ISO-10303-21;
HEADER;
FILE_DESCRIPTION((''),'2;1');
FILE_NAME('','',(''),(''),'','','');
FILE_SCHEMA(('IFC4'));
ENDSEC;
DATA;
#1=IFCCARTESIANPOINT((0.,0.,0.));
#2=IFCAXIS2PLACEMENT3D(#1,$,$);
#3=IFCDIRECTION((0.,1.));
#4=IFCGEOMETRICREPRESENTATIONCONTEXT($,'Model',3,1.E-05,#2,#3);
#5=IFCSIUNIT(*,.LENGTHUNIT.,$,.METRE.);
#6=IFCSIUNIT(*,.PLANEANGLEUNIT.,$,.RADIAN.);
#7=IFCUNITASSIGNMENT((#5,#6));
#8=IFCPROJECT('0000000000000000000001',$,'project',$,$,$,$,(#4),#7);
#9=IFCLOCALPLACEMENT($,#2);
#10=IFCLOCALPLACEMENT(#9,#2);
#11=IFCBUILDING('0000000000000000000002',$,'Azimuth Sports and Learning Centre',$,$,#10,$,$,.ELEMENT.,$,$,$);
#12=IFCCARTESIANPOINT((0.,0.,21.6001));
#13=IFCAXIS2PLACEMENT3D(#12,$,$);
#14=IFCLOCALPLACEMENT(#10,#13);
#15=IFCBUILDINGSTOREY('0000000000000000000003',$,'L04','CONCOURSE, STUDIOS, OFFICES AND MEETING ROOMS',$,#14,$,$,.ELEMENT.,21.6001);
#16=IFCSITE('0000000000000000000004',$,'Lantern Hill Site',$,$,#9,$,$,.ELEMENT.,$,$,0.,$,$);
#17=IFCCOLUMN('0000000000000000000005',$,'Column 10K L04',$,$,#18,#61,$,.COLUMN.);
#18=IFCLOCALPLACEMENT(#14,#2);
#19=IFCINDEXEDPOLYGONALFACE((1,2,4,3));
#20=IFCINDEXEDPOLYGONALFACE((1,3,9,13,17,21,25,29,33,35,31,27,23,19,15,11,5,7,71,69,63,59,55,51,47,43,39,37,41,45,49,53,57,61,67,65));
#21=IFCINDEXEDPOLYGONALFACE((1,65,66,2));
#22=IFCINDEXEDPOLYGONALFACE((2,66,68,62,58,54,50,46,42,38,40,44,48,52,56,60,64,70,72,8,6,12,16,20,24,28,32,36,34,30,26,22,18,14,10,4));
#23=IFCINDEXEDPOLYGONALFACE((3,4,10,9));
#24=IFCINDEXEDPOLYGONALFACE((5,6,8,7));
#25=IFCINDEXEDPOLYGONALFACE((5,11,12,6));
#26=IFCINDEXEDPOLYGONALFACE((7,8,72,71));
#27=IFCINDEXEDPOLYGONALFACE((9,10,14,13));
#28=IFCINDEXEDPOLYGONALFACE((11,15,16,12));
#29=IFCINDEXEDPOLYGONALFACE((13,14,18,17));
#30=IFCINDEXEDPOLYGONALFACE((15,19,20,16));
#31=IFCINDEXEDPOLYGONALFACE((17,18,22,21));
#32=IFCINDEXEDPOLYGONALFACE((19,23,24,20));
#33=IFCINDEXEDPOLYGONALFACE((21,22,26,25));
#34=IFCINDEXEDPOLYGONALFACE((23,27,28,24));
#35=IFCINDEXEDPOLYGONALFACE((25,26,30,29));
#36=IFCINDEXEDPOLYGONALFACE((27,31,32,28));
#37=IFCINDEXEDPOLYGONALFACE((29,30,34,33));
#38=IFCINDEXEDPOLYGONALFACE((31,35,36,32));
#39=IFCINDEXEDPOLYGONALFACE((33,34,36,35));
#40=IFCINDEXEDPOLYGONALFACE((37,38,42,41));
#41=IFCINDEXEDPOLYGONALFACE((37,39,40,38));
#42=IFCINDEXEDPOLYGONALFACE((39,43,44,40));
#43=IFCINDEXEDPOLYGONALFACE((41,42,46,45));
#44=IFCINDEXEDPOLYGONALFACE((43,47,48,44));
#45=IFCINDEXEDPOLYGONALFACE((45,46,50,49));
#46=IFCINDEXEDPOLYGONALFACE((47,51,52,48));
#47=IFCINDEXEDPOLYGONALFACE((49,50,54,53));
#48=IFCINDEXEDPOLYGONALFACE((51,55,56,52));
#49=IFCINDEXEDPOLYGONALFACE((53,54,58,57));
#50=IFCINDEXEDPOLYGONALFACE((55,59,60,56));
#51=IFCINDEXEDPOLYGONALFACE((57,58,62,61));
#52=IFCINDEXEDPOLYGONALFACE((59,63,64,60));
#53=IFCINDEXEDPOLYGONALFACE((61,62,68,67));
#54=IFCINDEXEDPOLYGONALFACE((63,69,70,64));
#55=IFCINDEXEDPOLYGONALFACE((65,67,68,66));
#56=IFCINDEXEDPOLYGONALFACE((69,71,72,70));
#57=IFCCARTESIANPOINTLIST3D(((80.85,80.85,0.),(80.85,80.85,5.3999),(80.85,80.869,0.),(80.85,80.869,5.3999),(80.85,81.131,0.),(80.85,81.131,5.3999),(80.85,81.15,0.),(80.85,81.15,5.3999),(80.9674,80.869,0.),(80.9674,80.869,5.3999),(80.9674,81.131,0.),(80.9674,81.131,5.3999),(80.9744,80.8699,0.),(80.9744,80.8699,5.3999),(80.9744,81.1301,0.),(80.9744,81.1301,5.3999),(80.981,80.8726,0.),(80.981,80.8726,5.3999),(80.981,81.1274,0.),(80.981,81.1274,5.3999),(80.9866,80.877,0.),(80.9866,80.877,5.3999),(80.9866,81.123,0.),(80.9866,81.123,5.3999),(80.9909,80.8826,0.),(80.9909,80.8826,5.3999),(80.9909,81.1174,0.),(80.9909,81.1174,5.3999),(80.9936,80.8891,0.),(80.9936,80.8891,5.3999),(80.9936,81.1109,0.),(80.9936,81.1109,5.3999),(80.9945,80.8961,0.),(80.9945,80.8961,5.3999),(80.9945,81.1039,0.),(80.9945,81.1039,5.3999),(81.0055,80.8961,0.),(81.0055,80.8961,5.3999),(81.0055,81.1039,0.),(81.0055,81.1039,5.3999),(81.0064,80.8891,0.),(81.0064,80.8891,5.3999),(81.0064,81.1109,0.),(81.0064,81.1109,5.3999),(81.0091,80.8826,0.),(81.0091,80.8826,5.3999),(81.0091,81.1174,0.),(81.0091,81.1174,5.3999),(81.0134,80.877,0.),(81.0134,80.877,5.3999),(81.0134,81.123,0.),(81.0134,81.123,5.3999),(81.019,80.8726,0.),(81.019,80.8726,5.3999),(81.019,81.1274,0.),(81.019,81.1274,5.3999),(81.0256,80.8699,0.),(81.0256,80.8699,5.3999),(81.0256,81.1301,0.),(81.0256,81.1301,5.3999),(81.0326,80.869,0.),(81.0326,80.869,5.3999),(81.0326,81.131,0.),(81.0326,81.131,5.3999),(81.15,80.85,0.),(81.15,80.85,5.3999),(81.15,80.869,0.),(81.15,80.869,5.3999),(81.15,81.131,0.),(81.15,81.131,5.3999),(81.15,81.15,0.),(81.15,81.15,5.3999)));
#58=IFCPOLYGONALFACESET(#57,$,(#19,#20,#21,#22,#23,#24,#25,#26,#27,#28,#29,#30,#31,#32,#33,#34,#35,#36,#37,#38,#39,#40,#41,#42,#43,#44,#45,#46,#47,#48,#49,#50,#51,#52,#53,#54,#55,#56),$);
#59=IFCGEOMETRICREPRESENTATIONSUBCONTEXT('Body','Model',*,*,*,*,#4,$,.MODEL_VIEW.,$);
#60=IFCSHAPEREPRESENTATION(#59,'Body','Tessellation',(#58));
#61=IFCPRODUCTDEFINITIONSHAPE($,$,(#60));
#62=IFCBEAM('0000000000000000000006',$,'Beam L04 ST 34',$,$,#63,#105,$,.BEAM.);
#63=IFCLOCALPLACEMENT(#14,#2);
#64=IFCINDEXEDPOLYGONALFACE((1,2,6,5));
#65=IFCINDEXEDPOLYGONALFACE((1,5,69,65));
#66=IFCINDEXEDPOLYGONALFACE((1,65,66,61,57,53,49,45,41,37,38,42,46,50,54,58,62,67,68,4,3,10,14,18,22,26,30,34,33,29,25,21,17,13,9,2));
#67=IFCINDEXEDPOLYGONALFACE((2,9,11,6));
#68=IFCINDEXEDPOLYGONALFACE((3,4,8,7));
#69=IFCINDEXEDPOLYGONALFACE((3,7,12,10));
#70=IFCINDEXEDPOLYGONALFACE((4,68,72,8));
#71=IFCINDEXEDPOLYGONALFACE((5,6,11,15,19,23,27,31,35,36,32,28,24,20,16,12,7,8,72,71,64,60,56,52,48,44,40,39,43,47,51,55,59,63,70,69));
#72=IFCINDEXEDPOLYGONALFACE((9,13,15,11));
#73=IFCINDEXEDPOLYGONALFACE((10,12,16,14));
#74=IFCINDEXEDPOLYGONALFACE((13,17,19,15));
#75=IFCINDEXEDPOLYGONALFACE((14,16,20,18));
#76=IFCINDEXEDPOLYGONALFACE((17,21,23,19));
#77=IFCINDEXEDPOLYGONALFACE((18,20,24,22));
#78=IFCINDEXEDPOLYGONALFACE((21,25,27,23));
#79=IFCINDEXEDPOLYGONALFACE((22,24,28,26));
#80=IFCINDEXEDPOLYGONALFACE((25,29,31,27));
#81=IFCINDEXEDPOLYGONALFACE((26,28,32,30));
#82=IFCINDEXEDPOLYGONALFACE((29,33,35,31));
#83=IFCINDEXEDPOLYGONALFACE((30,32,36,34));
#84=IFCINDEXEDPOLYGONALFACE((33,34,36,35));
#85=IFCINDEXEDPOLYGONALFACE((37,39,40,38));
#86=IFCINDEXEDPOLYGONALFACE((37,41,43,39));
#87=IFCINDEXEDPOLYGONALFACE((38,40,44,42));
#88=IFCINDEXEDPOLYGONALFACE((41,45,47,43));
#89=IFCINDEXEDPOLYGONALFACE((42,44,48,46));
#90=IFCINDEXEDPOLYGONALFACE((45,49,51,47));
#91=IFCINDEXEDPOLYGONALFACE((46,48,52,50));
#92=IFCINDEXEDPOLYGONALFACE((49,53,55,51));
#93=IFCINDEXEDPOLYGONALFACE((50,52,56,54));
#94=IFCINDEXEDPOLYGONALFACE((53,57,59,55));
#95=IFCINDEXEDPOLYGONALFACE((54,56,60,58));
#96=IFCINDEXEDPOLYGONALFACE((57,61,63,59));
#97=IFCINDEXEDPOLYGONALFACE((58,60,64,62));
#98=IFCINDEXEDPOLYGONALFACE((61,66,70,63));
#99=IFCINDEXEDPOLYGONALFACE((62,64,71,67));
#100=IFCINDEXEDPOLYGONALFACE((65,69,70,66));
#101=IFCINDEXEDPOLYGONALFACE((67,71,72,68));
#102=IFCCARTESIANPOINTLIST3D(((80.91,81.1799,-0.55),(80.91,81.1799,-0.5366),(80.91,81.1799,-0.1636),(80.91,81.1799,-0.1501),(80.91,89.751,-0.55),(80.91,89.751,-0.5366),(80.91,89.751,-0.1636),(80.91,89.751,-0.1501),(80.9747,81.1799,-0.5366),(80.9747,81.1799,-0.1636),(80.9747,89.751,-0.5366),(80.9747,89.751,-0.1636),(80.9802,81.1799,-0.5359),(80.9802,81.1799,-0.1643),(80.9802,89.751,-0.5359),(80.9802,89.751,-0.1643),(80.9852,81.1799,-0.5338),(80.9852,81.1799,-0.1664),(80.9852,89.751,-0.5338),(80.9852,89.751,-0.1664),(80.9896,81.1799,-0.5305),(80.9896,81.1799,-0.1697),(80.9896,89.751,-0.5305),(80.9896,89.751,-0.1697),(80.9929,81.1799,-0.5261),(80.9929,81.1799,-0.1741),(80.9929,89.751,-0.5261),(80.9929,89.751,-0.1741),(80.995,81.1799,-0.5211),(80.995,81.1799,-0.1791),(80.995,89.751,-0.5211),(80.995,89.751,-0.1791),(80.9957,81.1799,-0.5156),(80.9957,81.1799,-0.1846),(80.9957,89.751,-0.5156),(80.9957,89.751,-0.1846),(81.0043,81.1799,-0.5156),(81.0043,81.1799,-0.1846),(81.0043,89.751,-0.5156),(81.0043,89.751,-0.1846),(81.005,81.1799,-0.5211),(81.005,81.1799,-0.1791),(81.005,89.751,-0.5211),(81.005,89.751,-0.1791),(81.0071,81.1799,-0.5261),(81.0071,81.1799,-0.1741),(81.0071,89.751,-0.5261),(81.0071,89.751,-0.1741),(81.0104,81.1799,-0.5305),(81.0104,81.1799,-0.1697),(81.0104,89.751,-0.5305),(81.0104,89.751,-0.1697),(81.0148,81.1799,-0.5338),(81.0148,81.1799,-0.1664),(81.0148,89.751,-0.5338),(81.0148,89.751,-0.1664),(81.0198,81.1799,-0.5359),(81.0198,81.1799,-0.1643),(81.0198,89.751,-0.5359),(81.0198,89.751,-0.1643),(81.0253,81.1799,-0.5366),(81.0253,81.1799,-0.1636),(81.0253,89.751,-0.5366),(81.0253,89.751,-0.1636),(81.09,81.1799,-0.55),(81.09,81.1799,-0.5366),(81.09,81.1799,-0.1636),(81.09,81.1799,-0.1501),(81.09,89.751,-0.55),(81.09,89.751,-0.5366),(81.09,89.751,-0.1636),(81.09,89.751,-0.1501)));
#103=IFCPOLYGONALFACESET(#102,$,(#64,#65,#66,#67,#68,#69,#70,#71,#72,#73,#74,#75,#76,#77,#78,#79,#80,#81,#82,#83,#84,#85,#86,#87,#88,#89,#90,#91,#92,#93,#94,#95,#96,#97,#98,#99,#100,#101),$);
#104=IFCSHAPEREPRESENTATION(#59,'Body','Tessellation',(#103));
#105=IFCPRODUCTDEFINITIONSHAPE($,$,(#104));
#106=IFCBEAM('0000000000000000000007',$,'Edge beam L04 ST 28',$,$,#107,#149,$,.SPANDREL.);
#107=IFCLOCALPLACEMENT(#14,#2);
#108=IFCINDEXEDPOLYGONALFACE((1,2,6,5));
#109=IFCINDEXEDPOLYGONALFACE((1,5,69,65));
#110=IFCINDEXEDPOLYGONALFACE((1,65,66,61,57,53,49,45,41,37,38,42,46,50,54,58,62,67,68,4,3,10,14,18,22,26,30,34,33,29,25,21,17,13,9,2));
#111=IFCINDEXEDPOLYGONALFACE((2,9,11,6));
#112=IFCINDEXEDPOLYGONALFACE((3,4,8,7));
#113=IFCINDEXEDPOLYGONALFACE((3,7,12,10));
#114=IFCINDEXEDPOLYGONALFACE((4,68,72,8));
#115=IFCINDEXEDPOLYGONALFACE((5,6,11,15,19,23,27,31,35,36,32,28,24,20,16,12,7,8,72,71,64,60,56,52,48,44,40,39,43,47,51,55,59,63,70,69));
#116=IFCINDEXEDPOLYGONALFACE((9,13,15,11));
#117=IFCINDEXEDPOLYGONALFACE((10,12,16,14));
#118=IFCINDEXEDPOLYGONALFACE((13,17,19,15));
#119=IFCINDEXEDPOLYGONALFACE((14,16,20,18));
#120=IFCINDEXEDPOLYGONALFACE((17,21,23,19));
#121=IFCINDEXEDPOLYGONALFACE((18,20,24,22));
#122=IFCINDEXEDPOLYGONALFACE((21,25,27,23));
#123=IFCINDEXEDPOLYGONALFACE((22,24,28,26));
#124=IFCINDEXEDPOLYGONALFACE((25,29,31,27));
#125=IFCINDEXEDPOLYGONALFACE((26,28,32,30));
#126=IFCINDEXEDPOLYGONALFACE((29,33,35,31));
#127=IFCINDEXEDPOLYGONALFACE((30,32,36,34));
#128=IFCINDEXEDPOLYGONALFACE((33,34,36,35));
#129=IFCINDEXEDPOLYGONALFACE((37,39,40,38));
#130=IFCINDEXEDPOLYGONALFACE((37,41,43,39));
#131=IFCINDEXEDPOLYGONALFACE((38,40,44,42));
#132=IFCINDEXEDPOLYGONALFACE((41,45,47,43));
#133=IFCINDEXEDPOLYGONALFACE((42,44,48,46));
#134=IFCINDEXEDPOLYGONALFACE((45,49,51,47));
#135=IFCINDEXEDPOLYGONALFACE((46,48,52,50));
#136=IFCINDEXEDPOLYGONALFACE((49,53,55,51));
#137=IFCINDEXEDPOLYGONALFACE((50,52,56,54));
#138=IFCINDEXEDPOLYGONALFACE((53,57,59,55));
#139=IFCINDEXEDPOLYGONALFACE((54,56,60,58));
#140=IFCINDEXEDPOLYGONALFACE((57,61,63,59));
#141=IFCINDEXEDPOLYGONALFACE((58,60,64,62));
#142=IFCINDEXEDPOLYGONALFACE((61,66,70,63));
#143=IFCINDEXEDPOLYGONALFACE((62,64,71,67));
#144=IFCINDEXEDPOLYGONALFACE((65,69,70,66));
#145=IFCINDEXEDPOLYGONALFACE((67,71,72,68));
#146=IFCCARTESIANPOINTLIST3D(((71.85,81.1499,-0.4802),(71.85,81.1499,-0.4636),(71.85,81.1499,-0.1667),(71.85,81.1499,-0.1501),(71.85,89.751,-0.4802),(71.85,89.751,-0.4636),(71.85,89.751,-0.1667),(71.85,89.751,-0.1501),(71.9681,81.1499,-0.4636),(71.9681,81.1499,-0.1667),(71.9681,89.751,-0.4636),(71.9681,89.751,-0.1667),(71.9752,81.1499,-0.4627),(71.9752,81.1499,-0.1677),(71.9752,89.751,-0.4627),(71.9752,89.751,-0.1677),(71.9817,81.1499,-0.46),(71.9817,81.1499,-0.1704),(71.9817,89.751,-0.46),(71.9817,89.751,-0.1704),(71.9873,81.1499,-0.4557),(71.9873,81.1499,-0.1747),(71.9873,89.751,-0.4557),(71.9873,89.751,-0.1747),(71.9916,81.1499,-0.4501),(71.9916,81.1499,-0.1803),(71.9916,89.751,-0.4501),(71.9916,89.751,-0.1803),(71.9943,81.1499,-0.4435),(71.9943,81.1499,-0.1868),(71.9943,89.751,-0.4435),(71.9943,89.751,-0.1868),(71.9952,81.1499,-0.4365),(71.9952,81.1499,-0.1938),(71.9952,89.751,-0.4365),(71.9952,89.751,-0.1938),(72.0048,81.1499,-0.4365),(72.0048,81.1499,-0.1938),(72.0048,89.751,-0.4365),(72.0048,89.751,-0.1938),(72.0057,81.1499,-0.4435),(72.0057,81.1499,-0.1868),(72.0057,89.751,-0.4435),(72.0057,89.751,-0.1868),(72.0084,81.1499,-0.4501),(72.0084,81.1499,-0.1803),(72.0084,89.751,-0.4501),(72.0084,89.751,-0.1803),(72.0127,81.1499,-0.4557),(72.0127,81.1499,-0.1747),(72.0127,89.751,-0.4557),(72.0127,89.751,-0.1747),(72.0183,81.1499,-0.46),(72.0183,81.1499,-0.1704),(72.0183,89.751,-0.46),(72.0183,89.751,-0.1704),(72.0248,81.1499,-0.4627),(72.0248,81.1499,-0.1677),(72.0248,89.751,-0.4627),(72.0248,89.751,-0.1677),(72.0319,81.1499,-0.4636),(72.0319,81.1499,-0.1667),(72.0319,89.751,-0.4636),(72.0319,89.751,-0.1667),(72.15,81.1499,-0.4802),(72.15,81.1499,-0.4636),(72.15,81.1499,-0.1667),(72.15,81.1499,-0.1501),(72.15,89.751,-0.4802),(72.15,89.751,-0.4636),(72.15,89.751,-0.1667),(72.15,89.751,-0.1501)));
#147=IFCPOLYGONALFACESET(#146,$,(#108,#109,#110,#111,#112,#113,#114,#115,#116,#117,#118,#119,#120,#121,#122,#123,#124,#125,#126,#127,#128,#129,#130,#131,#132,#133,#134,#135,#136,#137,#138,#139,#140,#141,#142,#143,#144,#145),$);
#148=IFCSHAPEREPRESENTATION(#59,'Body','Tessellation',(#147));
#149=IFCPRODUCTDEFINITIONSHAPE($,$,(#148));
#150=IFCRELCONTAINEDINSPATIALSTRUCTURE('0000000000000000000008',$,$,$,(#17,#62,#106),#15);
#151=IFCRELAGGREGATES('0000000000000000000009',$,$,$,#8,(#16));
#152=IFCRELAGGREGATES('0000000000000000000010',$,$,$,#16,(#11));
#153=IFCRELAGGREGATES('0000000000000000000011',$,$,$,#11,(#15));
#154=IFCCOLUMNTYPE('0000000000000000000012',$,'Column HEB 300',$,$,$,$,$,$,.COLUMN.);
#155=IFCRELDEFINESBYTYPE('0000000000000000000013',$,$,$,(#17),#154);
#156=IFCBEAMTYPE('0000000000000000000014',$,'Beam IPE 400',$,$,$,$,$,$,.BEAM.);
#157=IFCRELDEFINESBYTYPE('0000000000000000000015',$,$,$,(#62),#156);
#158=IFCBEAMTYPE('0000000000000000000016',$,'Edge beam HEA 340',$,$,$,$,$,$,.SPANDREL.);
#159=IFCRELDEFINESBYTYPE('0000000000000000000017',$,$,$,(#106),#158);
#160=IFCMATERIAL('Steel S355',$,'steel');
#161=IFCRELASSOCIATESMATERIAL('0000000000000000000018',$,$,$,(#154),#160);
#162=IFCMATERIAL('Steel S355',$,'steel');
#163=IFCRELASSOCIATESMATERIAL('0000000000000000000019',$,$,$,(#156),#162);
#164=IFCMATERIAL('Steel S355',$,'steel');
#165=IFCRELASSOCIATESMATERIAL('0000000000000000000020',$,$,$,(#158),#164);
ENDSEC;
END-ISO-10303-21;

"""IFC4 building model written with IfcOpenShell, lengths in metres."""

from ifc_helpers import new_model, si_unit, direction, frame, origin, origin_2d, place, context, subcontext, project, spatial, i_section, extrude, material, material_profile, profile_set, type_object, element, save


model = new_model("IFC4")

# Units and contexts
model_context = context("Model", 3, precision=1e-05, world=origin(), true_north=direction((0.0, 1.0)))
body_context = subcontext(model_context, "Body", "Model", "MODEL_VIEW")
ifc_project = project(units=[si_unit("LENGTHUNIT", "METRE"), si_unit("PLANEANGLEUNIT", "RADIAN")], contexts=[model_context])

# Site, building, storey
site_placement = place(None, origin())
site = spatial("IfcSite", under=ifc_project, at=site_placement, Name="Lantern Hill Site", CompositionType="ELEMENT", RefElevation=0.0)
building_placement = place(site_placement, origin())
building = spatial("IfcBuilding", under=site, at=building_placement, Name="Azimuth Sports and Learning Centre", CompositionType="ELEMENT")
storey_placement = place(building_placement, frame((0.0, 0.0, 21.6001)))
storey = spatial("IfcBuildingStorey", under=building, at=storey_placement, Name="L04", Description="CONCOURSE, STUDIOS, OFFICES AND MEETING ROOMS", CompositionType="ELEMENT", Elevation=21.6001)

# Column
ifc_material_1 = material(Name="Steel S355", Category="steel")
ifc_material_profile_1 = material_profile(ifc_material_1, i_section(OverallWidth=0.3, OverallDepth=0.3, WebThickness=0.011, FlangeThickness=0.019, FilletRadius=0.0271, at=origin_2d()), Name="HEB 300")
ifc_profile_set_1 = profile_set([ifc_material_profile_1], Name="Steel S355")
column_type = type_object("IfcColumnType", Name="Column HEB 300", PredefinedType="COLUMN", material=ifc_profile_set_1)
column_placement = place(storey_placement, frame((81.0, 81.0, 0.0), z_axis=(0.0, 0.0, 1.0), x_axis=(1.0, 0.0, 0.0)))
element("IfcColumn", 1, at=column_placement, inside=storey, type_object=column_type, Name="Column 10K L04", PredefinedType="COLUMN", context=body_context, shape_type="SweptSolid", body=[
    extrude(i_section(OverallWidth=0.3, OverallDepth=0.3, WebThickness=0.011, FlangeThickness=0.019, FilletRadius=0.0271, at=origin_2d()), origin(), (0.0, 0.0, 1.0), 5.3999),
])

# Beams
ifc_material_2 = material(Name="Steel S355", Category="steel")
ifc_material_profile_2 = material_profile(ifc_material_2, i_section(OverallWidth=0.1799, OverallDepth=0.3999, WebThickness=0.0085, FlangeThickness=0.0134, FilletRadius=0.021, at=origin_2d()), Name="IPE 400")
ifc_profile_set_2 = profile_set([ifc_material_profile_2], Name="Steel S355")
beam_type_1 = type_object("IfcBeamType", Name="Beam IPE 400", PredefinedType="BEAM", material=ifc_profile_set_2)
beam_1_placement = place(storey_placement, frame((81.0, 81.1799, -0.3501), z_axis=(0.0, 1.0, 0.0), x_axis=(-1.0, 0.0, 0.0)))
element("IfcBeam", 2, at=beam_1_placement, inside=storey, type_object=beam_type_1, Name="Beam L04 ST 34", PredefinedType="BEAM", context=body_context, shape_type="SweptSolid", body=[
    extrude(i_section(OverallWidth=0.1799, OverallDepth=0.3999, WebThickness=0.0085, FlangeThickness=0.0134, FilletRadius=0.021, at=origin_2d()), origin(), (0.0, 0.0, 1.0), 8.571),
])
ifc_material_3 = material(Name="Steel S355", Category="steel")
ifc_material_profile_3 = material_profile(ifc_material_3, i_section(OverallWidth=0.3, OverallDepth=0.3301, WebThickness=0.0095, FlangeThickness=0.0166, FilletRadius=0.0271, at=origin_2d()), Name="HEA 340")
ifc_profile_set_3 = profile_set([ifc_material_profile_3], Name="Steel S355")
beam_type_2 = type_object("IfcBeamType", Name="Edge beam HEA 340", PredefinedType="SPANDREL", material=ifc_profile_set_3)
beam_2_placement = place(storey_placement, frame((72.0, 81.1499, -0.3152), z_axis=(0.0, 1.0, 0.0), x_axis=(-1.0, 0.0, 0.0)))
element("IfcBeam", 3, at=beam_2_placement, inside=storey, type_object=beam_type_2, Name="Edge beam L04 ST 28", PredefinedType="SPANDREL", context=body_context, shape_type="SweptSolid", body=[
    extrude(i_section(OverallWidth=0.3, OverallDepth=0.3301, WebThickness=0.0095, FlangeThickness=0.0166, FilletRadius=0.0271, at=origin_2d()), origin(), (0.0, 0.0, 1.0), 8.6011),
])

save(model, "model.ifc")
